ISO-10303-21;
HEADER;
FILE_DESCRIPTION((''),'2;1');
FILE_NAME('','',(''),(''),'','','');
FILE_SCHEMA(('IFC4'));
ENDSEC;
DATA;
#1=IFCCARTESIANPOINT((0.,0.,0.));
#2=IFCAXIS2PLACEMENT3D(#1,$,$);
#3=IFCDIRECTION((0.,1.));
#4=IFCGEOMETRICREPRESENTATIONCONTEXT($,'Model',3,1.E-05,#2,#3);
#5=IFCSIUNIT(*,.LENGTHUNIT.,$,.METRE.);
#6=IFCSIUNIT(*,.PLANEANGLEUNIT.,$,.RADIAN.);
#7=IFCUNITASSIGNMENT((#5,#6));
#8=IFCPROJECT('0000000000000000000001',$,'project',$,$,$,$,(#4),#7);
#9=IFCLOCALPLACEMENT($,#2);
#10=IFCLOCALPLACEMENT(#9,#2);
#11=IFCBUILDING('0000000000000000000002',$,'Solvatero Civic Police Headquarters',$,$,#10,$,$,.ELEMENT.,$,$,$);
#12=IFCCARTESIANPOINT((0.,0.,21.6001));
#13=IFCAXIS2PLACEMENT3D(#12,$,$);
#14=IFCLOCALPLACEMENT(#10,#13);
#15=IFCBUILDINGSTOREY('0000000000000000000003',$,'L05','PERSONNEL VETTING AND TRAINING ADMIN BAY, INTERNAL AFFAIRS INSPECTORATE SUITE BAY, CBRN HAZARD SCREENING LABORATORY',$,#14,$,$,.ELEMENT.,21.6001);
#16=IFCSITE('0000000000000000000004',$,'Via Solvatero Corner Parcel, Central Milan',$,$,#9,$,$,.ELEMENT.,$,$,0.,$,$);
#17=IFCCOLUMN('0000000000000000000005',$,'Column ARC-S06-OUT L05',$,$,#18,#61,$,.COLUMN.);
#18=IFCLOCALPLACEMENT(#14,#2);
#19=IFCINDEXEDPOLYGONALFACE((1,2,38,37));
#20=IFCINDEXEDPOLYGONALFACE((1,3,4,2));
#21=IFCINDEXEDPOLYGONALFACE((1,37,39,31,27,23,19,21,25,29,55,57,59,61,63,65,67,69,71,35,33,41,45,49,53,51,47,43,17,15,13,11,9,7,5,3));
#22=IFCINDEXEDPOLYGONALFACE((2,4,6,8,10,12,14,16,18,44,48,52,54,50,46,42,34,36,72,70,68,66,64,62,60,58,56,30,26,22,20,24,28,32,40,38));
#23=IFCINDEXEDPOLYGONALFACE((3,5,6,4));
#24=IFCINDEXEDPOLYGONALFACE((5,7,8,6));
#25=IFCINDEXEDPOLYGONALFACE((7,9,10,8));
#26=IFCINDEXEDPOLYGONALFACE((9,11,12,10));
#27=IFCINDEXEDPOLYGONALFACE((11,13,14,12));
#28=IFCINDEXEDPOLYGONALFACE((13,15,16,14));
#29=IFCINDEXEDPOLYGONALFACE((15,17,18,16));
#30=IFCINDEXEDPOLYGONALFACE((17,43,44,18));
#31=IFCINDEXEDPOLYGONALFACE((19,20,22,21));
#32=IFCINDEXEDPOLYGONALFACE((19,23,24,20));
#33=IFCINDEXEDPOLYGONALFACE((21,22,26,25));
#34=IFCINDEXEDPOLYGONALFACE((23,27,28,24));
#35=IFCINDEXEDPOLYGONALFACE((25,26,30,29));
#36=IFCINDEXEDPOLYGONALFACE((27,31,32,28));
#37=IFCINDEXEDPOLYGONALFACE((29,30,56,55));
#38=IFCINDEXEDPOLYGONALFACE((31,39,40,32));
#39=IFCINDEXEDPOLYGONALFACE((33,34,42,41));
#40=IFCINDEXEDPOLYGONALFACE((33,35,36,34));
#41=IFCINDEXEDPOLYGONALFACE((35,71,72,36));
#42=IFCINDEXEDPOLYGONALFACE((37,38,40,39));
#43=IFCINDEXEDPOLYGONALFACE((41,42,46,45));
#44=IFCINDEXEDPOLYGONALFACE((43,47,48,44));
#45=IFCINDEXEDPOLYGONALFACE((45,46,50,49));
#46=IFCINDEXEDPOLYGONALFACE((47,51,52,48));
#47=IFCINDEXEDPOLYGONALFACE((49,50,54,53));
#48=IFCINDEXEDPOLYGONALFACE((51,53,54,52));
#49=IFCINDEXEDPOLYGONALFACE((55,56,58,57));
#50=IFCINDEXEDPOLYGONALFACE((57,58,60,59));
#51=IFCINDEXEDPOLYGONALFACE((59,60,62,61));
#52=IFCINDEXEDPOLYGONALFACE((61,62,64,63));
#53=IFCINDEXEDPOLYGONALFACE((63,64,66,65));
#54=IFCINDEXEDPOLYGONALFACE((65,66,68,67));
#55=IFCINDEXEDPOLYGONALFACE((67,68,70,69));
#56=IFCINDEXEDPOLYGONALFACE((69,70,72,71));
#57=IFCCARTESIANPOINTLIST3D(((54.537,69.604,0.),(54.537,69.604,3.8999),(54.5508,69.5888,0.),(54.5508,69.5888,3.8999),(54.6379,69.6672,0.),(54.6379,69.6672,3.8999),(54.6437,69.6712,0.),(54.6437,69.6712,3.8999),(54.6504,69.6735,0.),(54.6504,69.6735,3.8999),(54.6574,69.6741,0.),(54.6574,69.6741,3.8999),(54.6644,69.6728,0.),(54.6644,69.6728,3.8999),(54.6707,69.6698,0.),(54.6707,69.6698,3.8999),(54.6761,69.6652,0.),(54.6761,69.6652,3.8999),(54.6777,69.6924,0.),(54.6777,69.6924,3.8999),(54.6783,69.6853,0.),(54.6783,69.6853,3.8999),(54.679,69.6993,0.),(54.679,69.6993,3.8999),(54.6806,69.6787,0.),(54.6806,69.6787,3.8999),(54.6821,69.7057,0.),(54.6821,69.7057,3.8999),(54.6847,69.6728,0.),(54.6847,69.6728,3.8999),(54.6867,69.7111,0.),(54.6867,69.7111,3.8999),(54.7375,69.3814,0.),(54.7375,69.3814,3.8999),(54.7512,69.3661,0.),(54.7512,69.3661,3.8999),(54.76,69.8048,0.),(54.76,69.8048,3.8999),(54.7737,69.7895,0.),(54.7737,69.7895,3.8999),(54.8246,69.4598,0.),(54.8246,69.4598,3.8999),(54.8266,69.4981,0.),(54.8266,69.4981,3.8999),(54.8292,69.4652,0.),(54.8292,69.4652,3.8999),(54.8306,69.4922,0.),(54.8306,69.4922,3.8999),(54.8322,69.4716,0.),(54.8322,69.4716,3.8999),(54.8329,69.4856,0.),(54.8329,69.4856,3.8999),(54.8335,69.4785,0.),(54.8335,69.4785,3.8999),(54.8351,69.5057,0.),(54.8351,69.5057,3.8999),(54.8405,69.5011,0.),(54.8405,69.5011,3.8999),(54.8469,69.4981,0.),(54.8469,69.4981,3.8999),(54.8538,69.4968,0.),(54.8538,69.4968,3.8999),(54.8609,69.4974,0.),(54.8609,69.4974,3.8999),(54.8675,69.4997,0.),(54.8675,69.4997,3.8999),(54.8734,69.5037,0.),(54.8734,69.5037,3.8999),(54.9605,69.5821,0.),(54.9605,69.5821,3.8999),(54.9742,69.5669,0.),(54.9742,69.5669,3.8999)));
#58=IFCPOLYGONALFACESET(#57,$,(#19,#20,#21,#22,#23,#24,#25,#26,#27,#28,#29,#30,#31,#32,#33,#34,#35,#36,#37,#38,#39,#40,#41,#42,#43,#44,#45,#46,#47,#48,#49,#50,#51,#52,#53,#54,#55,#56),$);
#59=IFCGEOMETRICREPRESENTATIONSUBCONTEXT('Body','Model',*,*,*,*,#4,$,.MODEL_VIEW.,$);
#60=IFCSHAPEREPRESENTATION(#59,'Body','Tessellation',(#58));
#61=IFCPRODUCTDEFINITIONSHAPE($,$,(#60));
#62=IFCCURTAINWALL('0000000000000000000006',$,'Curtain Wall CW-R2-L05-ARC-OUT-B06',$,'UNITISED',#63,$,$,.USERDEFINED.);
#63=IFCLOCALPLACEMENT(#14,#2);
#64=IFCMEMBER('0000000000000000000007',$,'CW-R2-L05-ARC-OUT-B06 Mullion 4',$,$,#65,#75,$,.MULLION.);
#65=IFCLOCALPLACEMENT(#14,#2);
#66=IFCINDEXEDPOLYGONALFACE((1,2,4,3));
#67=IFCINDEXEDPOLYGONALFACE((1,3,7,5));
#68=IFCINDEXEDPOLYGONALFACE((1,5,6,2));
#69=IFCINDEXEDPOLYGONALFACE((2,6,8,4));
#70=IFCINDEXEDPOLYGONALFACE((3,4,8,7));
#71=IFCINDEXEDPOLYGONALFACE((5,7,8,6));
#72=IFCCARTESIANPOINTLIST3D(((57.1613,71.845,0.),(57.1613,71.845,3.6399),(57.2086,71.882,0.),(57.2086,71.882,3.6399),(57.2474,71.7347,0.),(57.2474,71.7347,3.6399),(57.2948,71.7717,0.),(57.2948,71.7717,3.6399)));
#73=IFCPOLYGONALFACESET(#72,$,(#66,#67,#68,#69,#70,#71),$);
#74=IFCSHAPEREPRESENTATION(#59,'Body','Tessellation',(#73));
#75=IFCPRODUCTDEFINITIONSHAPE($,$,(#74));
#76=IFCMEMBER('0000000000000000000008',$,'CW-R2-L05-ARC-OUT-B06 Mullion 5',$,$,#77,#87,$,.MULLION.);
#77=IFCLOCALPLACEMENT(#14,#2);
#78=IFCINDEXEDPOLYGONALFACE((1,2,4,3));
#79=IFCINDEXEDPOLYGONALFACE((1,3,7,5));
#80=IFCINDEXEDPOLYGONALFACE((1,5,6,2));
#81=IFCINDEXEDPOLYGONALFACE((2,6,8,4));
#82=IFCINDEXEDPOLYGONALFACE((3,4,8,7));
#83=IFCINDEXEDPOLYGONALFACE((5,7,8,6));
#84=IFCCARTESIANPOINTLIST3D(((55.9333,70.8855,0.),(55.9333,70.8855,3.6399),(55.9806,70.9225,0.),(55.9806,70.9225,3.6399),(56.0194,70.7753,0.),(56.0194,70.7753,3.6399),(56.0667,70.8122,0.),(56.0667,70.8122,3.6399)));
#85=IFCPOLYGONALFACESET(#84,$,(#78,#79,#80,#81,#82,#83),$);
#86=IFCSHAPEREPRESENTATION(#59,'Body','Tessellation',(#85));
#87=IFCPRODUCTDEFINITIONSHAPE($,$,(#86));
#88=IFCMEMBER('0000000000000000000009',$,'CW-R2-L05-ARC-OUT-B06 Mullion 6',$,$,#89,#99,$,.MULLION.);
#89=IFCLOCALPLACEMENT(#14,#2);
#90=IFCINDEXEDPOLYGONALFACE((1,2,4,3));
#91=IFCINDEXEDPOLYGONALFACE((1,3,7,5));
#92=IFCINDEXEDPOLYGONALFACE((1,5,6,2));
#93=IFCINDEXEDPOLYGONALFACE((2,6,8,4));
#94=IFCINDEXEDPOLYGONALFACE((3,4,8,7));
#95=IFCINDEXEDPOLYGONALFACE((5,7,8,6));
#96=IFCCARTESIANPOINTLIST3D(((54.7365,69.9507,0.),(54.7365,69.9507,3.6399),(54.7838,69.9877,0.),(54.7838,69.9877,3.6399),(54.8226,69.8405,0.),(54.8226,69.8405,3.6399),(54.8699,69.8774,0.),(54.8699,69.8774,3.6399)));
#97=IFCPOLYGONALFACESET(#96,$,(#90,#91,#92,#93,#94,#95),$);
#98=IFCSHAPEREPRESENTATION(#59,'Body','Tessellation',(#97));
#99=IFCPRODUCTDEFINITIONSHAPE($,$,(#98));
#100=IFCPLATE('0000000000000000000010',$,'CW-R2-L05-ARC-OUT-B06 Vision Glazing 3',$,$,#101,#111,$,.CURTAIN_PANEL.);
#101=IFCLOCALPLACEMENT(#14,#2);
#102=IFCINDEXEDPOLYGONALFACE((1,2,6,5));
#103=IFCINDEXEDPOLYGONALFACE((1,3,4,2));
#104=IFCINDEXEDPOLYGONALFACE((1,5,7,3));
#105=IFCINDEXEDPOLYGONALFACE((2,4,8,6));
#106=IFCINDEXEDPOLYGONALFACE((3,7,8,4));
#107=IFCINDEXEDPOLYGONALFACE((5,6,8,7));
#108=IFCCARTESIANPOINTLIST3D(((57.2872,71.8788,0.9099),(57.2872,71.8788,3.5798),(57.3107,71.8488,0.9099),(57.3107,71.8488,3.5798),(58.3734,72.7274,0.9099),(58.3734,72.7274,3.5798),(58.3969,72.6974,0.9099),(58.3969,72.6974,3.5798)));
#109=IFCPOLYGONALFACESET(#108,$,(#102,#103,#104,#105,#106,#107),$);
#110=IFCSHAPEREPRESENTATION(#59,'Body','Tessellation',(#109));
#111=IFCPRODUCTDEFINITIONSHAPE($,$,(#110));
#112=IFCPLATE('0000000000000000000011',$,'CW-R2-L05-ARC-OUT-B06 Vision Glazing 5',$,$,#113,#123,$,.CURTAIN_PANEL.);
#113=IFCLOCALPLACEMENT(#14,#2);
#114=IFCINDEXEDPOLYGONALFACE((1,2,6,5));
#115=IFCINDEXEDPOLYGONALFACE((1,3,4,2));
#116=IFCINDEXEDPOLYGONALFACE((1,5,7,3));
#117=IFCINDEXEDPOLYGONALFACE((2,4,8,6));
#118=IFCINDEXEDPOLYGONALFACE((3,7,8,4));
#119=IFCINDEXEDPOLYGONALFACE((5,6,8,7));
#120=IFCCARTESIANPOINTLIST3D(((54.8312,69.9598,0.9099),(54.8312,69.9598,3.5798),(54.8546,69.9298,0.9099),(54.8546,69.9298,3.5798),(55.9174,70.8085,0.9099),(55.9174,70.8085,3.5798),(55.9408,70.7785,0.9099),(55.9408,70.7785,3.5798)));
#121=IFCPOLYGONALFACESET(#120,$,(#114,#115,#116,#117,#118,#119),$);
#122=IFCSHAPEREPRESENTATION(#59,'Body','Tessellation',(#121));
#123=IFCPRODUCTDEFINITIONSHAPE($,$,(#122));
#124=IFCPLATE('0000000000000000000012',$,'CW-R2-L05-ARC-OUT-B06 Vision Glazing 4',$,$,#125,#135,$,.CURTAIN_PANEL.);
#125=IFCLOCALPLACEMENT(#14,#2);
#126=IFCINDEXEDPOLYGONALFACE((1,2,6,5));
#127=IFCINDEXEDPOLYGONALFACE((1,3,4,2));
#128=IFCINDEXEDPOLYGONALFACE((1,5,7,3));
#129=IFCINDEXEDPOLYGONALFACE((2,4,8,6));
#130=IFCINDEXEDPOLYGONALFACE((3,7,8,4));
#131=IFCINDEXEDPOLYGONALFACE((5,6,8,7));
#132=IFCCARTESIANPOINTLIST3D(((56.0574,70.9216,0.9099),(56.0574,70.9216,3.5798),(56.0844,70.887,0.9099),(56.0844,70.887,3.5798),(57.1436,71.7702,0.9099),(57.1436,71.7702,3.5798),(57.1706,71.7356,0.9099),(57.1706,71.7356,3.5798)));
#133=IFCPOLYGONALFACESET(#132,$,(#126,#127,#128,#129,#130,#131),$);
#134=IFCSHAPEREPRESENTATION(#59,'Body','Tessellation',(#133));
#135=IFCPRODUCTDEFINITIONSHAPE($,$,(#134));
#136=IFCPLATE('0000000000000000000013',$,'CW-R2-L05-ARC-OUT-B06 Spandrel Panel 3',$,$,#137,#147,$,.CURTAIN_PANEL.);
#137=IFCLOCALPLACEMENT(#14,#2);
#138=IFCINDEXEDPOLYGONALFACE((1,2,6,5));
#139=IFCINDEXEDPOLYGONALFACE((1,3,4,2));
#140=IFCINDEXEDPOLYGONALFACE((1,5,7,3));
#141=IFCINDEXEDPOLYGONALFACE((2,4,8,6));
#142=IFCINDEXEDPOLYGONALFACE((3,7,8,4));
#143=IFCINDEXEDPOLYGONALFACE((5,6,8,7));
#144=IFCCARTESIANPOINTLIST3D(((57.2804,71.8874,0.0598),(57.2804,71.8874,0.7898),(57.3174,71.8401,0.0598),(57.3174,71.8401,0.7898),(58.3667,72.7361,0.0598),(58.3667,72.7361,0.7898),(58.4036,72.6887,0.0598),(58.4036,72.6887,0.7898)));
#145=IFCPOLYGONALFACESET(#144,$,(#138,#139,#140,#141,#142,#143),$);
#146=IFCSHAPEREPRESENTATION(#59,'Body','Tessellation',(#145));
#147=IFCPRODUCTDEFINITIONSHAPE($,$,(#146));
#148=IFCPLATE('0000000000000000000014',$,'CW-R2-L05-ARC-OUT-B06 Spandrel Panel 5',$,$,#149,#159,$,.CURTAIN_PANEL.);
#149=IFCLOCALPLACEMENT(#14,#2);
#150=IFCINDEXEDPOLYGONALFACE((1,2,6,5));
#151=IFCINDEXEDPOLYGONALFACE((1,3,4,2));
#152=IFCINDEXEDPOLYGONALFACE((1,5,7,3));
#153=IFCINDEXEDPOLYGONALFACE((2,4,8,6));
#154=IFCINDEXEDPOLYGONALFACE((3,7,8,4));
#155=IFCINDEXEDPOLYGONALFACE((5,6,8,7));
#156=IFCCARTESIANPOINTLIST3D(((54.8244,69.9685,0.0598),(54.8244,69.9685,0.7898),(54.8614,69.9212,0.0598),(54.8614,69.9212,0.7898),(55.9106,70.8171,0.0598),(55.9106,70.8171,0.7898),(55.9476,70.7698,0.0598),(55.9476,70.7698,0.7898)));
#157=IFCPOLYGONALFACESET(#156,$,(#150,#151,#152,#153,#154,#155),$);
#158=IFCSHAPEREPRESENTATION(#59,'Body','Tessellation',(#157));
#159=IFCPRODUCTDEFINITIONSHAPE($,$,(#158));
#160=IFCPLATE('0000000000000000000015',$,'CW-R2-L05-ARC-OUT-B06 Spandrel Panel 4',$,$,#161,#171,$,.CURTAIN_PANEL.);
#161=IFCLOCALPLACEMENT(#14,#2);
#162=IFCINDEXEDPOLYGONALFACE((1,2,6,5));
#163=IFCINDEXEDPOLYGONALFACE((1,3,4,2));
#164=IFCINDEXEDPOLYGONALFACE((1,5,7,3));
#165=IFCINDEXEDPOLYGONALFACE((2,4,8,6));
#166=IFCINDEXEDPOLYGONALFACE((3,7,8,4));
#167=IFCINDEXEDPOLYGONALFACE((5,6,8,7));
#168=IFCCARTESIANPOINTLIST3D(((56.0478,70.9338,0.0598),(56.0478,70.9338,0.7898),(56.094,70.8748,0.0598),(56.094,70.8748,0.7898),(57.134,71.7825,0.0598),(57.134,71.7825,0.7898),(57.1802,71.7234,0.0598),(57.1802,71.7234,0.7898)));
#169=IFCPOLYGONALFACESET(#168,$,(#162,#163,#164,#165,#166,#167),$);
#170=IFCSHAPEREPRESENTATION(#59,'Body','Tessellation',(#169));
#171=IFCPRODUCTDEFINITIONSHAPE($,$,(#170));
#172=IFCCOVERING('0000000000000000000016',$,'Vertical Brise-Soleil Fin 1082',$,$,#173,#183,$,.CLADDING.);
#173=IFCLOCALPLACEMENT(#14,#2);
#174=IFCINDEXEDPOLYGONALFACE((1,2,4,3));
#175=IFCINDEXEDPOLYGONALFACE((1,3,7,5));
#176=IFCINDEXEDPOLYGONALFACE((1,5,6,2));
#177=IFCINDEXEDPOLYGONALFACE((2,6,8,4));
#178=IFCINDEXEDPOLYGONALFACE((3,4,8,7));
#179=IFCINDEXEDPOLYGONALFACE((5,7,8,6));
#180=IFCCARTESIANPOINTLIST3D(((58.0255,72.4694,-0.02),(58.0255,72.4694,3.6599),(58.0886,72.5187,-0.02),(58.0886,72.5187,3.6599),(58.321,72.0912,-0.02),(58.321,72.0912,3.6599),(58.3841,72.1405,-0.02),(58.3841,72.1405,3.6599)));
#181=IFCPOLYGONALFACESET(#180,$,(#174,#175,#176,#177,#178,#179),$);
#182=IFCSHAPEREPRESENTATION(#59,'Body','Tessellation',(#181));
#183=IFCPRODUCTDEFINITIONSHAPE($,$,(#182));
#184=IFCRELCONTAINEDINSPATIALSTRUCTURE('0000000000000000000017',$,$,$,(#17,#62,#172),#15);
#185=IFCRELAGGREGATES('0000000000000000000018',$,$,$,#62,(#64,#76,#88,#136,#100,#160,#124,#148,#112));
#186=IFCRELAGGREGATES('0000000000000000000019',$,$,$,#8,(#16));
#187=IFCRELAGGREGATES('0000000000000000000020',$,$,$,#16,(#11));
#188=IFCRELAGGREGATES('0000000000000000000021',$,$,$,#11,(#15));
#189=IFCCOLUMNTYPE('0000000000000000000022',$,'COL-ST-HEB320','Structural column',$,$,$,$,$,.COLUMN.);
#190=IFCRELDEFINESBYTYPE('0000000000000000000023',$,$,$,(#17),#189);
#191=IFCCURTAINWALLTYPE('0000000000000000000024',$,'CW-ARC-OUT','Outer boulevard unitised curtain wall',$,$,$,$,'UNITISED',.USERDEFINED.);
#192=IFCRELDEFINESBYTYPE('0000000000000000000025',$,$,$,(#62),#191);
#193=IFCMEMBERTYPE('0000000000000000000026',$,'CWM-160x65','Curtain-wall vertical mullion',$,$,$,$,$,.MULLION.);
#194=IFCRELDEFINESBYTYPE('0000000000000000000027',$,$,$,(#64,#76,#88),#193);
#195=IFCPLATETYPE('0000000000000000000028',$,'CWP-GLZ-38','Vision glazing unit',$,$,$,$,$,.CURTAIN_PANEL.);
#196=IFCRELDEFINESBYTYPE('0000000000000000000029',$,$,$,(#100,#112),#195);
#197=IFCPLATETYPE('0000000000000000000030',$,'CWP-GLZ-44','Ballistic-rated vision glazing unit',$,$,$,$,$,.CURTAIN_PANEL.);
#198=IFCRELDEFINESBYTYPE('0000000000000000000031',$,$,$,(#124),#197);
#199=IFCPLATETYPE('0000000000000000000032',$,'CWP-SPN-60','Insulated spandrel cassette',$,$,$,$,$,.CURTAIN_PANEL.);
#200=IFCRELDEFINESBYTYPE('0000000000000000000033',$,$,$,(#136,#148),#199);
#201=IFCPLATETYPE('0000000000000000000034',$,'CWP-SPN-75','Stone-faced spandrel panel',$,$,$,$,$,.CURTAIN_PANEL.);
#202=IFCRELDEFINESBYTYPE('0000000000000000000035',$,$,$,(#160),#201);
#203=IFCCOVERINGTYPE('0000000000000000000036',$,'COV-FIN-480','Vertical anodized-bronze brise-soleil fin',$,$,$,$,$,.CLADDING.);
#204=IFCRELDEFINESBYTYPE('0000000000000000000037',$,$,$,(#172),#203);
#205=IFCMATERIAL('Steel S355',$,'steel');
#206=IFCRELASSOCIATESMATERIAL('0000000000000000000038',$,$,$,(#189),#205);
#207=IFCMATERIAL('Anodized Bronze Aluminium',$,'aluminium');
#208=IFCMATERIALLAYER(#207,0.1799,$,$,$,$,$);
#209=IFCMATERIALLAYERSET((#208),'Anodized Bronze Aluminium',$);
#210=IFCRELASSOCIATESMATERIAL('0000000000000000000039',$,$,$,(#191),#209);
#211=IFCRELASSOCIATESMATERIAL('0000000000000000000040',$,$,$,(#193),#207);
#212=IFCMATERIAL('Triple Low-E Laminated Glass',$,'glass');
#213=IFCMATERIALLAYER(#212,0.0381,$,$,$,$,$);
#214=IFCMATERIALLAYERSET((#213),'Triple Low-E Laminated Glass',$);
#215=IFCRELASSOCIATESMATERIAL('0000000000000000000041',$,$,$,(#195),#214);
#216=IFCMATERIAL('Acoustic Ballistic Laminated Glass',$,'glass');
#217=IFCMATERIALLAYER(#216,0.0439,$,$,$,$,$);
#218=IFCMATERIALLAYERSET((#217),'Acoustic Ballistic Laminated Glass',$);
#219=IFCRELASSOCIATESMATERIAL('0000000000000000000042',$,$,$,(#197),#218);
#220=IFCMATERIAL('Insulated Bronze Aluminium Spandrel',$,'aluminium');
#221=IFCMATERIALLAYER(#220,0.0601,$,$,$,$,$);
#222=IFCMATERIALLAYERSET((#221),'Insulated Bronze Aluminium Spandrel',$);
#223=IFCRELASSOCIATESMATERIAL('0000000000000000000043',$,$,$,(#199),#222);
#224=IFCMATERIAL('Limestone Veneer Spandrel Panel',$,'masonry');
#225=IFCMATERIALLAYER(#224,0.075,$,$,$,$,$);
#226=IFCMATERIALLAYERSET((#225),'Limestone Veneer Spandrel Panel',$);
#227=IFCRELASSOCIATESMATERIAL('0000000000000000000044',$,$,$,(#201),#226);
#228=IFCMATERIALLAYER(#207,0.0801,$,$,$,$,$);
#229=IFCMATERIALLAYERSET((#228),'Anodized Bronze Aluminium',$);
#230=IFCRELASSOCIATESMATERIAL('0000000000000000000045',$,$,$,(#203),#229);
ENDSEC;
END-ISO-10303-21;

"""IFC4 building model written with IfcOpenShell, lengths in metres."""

from ifc_helpers import new_model, si_unit, direction, frame, origin, origin_2d, place, context, subcontext, project, spatial, rectangle, i_section, extrude, material, layer, layer_set, material_profile, profile_set, type_object, element, aggregate, save


model = new_model("IFC4")

# Units and contexts
model_context = context("Model", 3, precision=1e-05, world=origin(), true_north=direction((0.0, 1.0)))
body_context = subcontext(model_context, "Body", "Model", "MODEL_VIEW")
ifc_project = project(units=[si_unit("LENGTHUNIT", "METRE"), si_unit("PLANEANGLEUNIT", "RADIAN")], contexts=[model_context])

# Site, building, storey
site_placement = place(None, origin())
site = spatial("IfcSite", under=ifc_project, at=site_placement, Name="Via Solvatero Corner Parcel, Central Milan", CompositionType="ELEMENT", RefElevation=0.0)
building_placement = place(site_placement, origin())
building = spatial("IfcBuilding", under=site, at=building_placement, Name="Solvatero Civic Police Headquarters", CompositionType="ELEMENT")
storey_placement = place(building_placement, frame((0.0, 0.0, 21.6001)))
storey = spatial("IfcBuildingStorey", under=building, at=storey_placement, Name="L05", Description="PERSONNEL VETTING AND TRAINING ADMIN BAY, INTERNAL AFFAIRS INSPECTORATE SUITE BAY, CBRN HAZARD SCREENING LABORATORY", CompositionType="ELEMENT", Elevation=21.6001)

# Column
ifc_material_1 = material(Name="Steel S355", Category="steel")
ifc_material_profile_1 = material_profile(ifc_material_1, i_section(OverallWidth=0.3, OverallDepth=0.3201, WebThickness=0.0115, FlangeThickness=0.0205, FilletRadius=0.0271, at=origin_2d()), Name="HEB 320")
ifc_profile_set_1 = profile_set([ifc_material_profile_1], Name="Steel S355")
column_type = type_object("IfcColumnType", Name="COL-ST-HEB320", Description="Structural column", PredefinedType="COLUMN", material=ifc_profile_set_1)
column_placement = place(storey_placement, frame((54.7556, 69.5854, 0.0), z_axis=(0.0, 0.0, 1.0), x_axis=(0.743145, 0.669131, 0.0)))
element("IfcColumn", 1, at=column_placement, inside=storey, type_object=column_type, Name="Column ARC-S06-OUT L05", PredefinedType="COLUMN", context=body_context, shape_type="SweptSolid", body=[
    extrude(i_section(OverallWidth=0.3, OverallDepth=0.3201, WebThickness=0.0115, FlangeThickness=0.0205, FilletRadius=0.0271, at=origin_2d()), origin(), (0.0, 0.0, 1.0), 3.8999),
])

# Curtain wall, members, plates
ifc_material_2 = material(Name="Anodized Bronze Aluminium", Category="aluminium")
ifc_layer_1 = layer(ifc_material_2, 0.1799)
ifc_layer_set_1 = layer_set([ifc_layer_1], Name="Anodized Bronze Aluminium")
curtain_wall_type = type_object("IfcCurtainWallType", Name="CW-ARC-OUT", Description="Outer boulevard unitised curtain wall", ElementType="UNITISED", PredefinedType="USERDEFINED", material=ifc_layer_set_1)
curtain_wall_placement = place(storey_placement, origin())
curtain_wall = element("IfcCurtainWall", 2, at=curtain_wall_placement, inside=storey, type_object=curtain_wall_type, Name="Curtain Wall CW-R2-L05-ARC-OUT-B06", ObjectType="UNITISED", PredefinedType="USERDEFINED")
ifc_material_profile_2 = material_profile(ifc_material_2, rectangle(XDim=0.0601, YDim=0.1399, at=origin_2d()), Name="ALU MULLION 60x140")
ifc_profile_set_2 = profile_set([ifc_material_profile_2], Name="Anodized Bronze Aluminium")
member_type = type_object("IfcMemberType", Name="CWM-160x65", Description="Curtain-wall vertical mullion", PredefinedType="MULLION", material=ifc_profile_set_2)
member_1_placement = place(storey_placement, frame((57.228, 71.8083, 0.0), z_axis=(0.0, 0.0, 1.0), x_axis=(-0.788011, -0.615661, 0.0)))
member_1 = element("IfcMember", 3, at=member_1_placement, type_object=member_type, Name="CW-R2-L05-ARC-OUT-B06 Mullion 4", PredefinedType="MULLION", context=body_context, shape_type="SweptSolid", body=[
    extrude(rectangle(XDim=0.0601, YDim=0.1399, at=origin_2d()), origin(), (0.0, 0.0, 1.0), 3.6399),
])
member_2_placement = place(storey_placement, frame((56.0, 70.8489, 0.0), z_axis=(0.0, 0.0, 1.0), x_axis=(-0.788011, -0.615661, 0.0)))
member_2 = element("IfcMember", 4, at=member_2_placement, type_object=member_type, Name="CW-R2-L05-ARC-OUT-B06 Mullion 5", PredefinedType="MULLION", context=body_context, shape_type="SweptSolid", body=[
    extrude(rectangle(XDim=0.0601, YDim=0.1399, at=origin_2d()), origin(), (0.0, 0.0, 1.0), 3.6399),
])
member_3_placement = place(storey_placement, frame((54.8032, 69.9141, 0.0), z_axis=(0.0, 0.0, 1.0), x_axis=(-0.788011, -0.615661, 0.0)))
member_3 = element("IfcMember", 5, at=member_3_placement, type_object=member_type, Name="CW-R2-L05-ARC-OUT-B06 Mullion 6", PredefinedType="MULLION", context=body_context, shape_type="SweptSolid", body=[
    extrude(rectangle(XDim=0.0601, YDim=0.1399, at=origin_2d()), origin(), (0.0, 0.0, 1.0), 3.6399),
])
ifc_material_3 = material(Name="Triple Low-E Laminated Glass", Category="glass")
ifc_layer_2 = layer(ifc_material_3, 0.0381)
ifc_layer_set_2 = layer_set([ifc_layer_2], Name="Triple Low-E Laminated Glass")
plate_type_1 = type_object("IfcPlateType", Name="CWP-GLZ-38", Description="Vision glazing unit", PredefinedType="CURTAIN_PANEL", material=ifc_layer_set_2)
plate_1_placement = place(storey_placement, frame((57.842, 72.2881, 0.9099), z_axis=(0.0, 0.0, 1.0), x_axis=(-0.788011, -0.615661, 0.0)))
plate_1 = element("IfcPlate", 6, at=plate_1_placement, type_object=plate_type_1, Name="CW-R2-L05-ARC-OUT-B06 Vision Glazing 3", PredefinedType="CURTAIN_PANEL", context=body_context, shape_type="SweptSolid", body=[
    extrude(rectangle(XDim=1.3784, YDim=0.0381, at=origin_2d()), origin(), (0.0, 0.0, 1.0), 2.6699),
])
plate_2_placement = place(storey_placement, frame((55.386, 70.3691, 0.9099), z_axis=(0.0, 0.0, 1.0), x_axis=(-0.788011, -0.615661, 0.0)))
plate_2 = element("IfcPlate", 7, at=plate_2_placement, type_object=plate_type_1, Name="CW-R2-L05-ARC-OUT-B06 Vision Glazing 5", PredefinedType="CURTAIN_PANEL", context=body_context, shape_type="SweptSolid", body=[
    extrude(rectangle(XDim=1.3784, YDim=0.0381, at=origin_2d()), origin(), (0.0, 0.0, 1.0), 2.6699),
])
ifc_material_4 = material(Name="Acoustic Ballistic Laminated Glass", Category="glass")
ifc_layer_3 = layer(ifc_material_4, 0.0439)
ifc_layer_set_3 = layer_set([ifc_layer_3], Name="Acoustic Ballistic Laminated Glass")
plate_type_2 = type_object("IfcPlateType", Name="CWP-GLZ-44", Description="Ballistic-rated vision glazing unit", PredefinedType="CURTAIN_PANEL", material=ifc_layer_set_3)
plate_3_placement = place(storey_placement, frame((56.614, 71.3286, 0.9099), z_axis=(0.0, 0.0, 1.0), x_axis=(-0.788011, -0.615661, 0.0)))
plate_3 = element("IfcPlate", 8, at=plate_3_placement, type_object=plate_type_2, Name="CW-R2-L05-ARC-OUT-B06 Vision Glazing 4", PredefinedType="CURTAIN_PANEL", context=body_context, shape_type="SweptSolid", body=[
    extrude(rectangle(XDim=1.3784, YDim=0.0439, at=origin_2d()), origin(), (0.0, 0.0, 1.0), 2.6699),
])
ifc_material_5 = material(Name="Insulated Bronze Aluminium Spandrel", Category="aluminium")
ifc_layer_4 = layer(ifc_material_5, 0.0601)
ifc_layer_set_4 = layer_set([ifc_layer_4], Name="Insulated Bronze Aluminium Spandrel")
plate_type_3 = type_object("IfcPlateType", Name="CWP-SPN-60", Description="Insulated spandrel cassette", PredefinedType="CURTAIN_PANEL", material=ifc_layer_set_4)
plate_4_placement = place(storey_placement, frame((57.842, 72.2881, 0.0598), z_axis=(0.0, 0.0, 1.0), x_axis=(-0.788011, -0.615661, 0.0)))
plate_4 = element("IfcPlate", 9, at=plate_4_placement, type_object=plate_type_3, Name="CW-R2-L05-ARC-OUT-B06 Spandrel Panel 3", PredefinedType="CURTAIN_PANEL", context=body_context, shape_type="SweptSolid", body=[
    extrude(rectangle(XDim=1.3784, YDim=0.0601, at=origin_2d()), origin(), (0.0, 0.0, 1.0), 0.73),
])
plate_5_placement = place(storey_placement, frame((55.386, 70.3691, 0.0598), z_axis=(0.0, 0.0, 1.0), x_axis=(-0.788011, -0.615661, 0.0)))
plate_5 = element("IfcPlate", 10, at=plate_5_placement, type_object=plate_type_3, Name="CW-R2-L05-ARC-OUT-B06 Spandrel Panel 5", PredefinedType="CURTAIN_PANEL", context=body_context, shape_type="SweptSolid", body=[
    extrude(rectangle(XDim=1.3784, YDim=0.0601, at=origin_2d()), origin(), (0.0, 0.0, 1.0), 0.73),
])
ifc_material_6 = material(Name="Limestone Veneer Spandrel Panel", Category="masonry")
ifc_layer_5 = layer(ifc_material_6, 0.075)
ifc_layer_set_5 = layer_set([ifc_layer_5], Name="Limestone Veneer Spandrel Panel")
plate_type_4 = type_object("IfcPlateType", Name="CWP-SPN-75", Description="Stone-faced spandrel panel", PredefinedType="CURTAIN_PANEL", material=ifc_layer_set_5)
plate_6_placement = place(storey_placement, frame((56.614, 71.3286, 0.0598), z_axis=(0.0, 0.0, 1.0), x_axis=(-0.788011, -0.615661, 0.0)))
plate_6 = element("IfcPlate", 11, at=plate_6_placement, type_object=plate_type_4, Name="CW-R2-L05-ARC-OUT-B06 Spandrel Panel 4", PredefinedType="CURTAIN_PANEL", context=body_context, shape_type="SweptSolid", body=[
    extrude(rectangle(XDim=1.3784, YDim=0.075, at=origin_2d()), origin(), (0.0, 0.0, 1.0), 0.73),
])
aggregate(curtain_wall, [member_1, member_2, member_3, plate_4, plate_1, plate_6, plate_3, plate_5, plate_2])

# Covering
ifc_layer_6 = layer(ifc_material_2, 0.0801)
ifc_layer_set_6 = layer_set([ifc_layer_6], Name="Anodized Bronze Aluminium")
covering_type = type_object("IfcCoveringType", Name="COV-FIN-480", Description="Vertical anodized-bronze brise-soleil fin", PredefinedType="CLADDING", material=ifc_layer_set_6)
for number, where, z_axis, x_axis, name in (
    (12, (58.2048, 72.3049, -0.02), (0.0, 0.0, 1.0), (-0.788011, -0.615661, 0.0), "Vertical Brise-Soleil Fin 1082"),
):
    element("IfcCovering", number, at=place(storey_placement, frame(where, z_axis=z_axis, x_axis=x_axis)), inside=storey, type_object=covering_type, Name=name, PredefinedType="CLADDING", context=body_context, shape_type="SweptSolid", body=[
        extrude(rectangle(XDim=0.0801, YDim=0.48, at=origin_2d()), origin(), (0.0, 0.0, 1.0), 3.6799),
    ])

save(model, "model.ifc")
